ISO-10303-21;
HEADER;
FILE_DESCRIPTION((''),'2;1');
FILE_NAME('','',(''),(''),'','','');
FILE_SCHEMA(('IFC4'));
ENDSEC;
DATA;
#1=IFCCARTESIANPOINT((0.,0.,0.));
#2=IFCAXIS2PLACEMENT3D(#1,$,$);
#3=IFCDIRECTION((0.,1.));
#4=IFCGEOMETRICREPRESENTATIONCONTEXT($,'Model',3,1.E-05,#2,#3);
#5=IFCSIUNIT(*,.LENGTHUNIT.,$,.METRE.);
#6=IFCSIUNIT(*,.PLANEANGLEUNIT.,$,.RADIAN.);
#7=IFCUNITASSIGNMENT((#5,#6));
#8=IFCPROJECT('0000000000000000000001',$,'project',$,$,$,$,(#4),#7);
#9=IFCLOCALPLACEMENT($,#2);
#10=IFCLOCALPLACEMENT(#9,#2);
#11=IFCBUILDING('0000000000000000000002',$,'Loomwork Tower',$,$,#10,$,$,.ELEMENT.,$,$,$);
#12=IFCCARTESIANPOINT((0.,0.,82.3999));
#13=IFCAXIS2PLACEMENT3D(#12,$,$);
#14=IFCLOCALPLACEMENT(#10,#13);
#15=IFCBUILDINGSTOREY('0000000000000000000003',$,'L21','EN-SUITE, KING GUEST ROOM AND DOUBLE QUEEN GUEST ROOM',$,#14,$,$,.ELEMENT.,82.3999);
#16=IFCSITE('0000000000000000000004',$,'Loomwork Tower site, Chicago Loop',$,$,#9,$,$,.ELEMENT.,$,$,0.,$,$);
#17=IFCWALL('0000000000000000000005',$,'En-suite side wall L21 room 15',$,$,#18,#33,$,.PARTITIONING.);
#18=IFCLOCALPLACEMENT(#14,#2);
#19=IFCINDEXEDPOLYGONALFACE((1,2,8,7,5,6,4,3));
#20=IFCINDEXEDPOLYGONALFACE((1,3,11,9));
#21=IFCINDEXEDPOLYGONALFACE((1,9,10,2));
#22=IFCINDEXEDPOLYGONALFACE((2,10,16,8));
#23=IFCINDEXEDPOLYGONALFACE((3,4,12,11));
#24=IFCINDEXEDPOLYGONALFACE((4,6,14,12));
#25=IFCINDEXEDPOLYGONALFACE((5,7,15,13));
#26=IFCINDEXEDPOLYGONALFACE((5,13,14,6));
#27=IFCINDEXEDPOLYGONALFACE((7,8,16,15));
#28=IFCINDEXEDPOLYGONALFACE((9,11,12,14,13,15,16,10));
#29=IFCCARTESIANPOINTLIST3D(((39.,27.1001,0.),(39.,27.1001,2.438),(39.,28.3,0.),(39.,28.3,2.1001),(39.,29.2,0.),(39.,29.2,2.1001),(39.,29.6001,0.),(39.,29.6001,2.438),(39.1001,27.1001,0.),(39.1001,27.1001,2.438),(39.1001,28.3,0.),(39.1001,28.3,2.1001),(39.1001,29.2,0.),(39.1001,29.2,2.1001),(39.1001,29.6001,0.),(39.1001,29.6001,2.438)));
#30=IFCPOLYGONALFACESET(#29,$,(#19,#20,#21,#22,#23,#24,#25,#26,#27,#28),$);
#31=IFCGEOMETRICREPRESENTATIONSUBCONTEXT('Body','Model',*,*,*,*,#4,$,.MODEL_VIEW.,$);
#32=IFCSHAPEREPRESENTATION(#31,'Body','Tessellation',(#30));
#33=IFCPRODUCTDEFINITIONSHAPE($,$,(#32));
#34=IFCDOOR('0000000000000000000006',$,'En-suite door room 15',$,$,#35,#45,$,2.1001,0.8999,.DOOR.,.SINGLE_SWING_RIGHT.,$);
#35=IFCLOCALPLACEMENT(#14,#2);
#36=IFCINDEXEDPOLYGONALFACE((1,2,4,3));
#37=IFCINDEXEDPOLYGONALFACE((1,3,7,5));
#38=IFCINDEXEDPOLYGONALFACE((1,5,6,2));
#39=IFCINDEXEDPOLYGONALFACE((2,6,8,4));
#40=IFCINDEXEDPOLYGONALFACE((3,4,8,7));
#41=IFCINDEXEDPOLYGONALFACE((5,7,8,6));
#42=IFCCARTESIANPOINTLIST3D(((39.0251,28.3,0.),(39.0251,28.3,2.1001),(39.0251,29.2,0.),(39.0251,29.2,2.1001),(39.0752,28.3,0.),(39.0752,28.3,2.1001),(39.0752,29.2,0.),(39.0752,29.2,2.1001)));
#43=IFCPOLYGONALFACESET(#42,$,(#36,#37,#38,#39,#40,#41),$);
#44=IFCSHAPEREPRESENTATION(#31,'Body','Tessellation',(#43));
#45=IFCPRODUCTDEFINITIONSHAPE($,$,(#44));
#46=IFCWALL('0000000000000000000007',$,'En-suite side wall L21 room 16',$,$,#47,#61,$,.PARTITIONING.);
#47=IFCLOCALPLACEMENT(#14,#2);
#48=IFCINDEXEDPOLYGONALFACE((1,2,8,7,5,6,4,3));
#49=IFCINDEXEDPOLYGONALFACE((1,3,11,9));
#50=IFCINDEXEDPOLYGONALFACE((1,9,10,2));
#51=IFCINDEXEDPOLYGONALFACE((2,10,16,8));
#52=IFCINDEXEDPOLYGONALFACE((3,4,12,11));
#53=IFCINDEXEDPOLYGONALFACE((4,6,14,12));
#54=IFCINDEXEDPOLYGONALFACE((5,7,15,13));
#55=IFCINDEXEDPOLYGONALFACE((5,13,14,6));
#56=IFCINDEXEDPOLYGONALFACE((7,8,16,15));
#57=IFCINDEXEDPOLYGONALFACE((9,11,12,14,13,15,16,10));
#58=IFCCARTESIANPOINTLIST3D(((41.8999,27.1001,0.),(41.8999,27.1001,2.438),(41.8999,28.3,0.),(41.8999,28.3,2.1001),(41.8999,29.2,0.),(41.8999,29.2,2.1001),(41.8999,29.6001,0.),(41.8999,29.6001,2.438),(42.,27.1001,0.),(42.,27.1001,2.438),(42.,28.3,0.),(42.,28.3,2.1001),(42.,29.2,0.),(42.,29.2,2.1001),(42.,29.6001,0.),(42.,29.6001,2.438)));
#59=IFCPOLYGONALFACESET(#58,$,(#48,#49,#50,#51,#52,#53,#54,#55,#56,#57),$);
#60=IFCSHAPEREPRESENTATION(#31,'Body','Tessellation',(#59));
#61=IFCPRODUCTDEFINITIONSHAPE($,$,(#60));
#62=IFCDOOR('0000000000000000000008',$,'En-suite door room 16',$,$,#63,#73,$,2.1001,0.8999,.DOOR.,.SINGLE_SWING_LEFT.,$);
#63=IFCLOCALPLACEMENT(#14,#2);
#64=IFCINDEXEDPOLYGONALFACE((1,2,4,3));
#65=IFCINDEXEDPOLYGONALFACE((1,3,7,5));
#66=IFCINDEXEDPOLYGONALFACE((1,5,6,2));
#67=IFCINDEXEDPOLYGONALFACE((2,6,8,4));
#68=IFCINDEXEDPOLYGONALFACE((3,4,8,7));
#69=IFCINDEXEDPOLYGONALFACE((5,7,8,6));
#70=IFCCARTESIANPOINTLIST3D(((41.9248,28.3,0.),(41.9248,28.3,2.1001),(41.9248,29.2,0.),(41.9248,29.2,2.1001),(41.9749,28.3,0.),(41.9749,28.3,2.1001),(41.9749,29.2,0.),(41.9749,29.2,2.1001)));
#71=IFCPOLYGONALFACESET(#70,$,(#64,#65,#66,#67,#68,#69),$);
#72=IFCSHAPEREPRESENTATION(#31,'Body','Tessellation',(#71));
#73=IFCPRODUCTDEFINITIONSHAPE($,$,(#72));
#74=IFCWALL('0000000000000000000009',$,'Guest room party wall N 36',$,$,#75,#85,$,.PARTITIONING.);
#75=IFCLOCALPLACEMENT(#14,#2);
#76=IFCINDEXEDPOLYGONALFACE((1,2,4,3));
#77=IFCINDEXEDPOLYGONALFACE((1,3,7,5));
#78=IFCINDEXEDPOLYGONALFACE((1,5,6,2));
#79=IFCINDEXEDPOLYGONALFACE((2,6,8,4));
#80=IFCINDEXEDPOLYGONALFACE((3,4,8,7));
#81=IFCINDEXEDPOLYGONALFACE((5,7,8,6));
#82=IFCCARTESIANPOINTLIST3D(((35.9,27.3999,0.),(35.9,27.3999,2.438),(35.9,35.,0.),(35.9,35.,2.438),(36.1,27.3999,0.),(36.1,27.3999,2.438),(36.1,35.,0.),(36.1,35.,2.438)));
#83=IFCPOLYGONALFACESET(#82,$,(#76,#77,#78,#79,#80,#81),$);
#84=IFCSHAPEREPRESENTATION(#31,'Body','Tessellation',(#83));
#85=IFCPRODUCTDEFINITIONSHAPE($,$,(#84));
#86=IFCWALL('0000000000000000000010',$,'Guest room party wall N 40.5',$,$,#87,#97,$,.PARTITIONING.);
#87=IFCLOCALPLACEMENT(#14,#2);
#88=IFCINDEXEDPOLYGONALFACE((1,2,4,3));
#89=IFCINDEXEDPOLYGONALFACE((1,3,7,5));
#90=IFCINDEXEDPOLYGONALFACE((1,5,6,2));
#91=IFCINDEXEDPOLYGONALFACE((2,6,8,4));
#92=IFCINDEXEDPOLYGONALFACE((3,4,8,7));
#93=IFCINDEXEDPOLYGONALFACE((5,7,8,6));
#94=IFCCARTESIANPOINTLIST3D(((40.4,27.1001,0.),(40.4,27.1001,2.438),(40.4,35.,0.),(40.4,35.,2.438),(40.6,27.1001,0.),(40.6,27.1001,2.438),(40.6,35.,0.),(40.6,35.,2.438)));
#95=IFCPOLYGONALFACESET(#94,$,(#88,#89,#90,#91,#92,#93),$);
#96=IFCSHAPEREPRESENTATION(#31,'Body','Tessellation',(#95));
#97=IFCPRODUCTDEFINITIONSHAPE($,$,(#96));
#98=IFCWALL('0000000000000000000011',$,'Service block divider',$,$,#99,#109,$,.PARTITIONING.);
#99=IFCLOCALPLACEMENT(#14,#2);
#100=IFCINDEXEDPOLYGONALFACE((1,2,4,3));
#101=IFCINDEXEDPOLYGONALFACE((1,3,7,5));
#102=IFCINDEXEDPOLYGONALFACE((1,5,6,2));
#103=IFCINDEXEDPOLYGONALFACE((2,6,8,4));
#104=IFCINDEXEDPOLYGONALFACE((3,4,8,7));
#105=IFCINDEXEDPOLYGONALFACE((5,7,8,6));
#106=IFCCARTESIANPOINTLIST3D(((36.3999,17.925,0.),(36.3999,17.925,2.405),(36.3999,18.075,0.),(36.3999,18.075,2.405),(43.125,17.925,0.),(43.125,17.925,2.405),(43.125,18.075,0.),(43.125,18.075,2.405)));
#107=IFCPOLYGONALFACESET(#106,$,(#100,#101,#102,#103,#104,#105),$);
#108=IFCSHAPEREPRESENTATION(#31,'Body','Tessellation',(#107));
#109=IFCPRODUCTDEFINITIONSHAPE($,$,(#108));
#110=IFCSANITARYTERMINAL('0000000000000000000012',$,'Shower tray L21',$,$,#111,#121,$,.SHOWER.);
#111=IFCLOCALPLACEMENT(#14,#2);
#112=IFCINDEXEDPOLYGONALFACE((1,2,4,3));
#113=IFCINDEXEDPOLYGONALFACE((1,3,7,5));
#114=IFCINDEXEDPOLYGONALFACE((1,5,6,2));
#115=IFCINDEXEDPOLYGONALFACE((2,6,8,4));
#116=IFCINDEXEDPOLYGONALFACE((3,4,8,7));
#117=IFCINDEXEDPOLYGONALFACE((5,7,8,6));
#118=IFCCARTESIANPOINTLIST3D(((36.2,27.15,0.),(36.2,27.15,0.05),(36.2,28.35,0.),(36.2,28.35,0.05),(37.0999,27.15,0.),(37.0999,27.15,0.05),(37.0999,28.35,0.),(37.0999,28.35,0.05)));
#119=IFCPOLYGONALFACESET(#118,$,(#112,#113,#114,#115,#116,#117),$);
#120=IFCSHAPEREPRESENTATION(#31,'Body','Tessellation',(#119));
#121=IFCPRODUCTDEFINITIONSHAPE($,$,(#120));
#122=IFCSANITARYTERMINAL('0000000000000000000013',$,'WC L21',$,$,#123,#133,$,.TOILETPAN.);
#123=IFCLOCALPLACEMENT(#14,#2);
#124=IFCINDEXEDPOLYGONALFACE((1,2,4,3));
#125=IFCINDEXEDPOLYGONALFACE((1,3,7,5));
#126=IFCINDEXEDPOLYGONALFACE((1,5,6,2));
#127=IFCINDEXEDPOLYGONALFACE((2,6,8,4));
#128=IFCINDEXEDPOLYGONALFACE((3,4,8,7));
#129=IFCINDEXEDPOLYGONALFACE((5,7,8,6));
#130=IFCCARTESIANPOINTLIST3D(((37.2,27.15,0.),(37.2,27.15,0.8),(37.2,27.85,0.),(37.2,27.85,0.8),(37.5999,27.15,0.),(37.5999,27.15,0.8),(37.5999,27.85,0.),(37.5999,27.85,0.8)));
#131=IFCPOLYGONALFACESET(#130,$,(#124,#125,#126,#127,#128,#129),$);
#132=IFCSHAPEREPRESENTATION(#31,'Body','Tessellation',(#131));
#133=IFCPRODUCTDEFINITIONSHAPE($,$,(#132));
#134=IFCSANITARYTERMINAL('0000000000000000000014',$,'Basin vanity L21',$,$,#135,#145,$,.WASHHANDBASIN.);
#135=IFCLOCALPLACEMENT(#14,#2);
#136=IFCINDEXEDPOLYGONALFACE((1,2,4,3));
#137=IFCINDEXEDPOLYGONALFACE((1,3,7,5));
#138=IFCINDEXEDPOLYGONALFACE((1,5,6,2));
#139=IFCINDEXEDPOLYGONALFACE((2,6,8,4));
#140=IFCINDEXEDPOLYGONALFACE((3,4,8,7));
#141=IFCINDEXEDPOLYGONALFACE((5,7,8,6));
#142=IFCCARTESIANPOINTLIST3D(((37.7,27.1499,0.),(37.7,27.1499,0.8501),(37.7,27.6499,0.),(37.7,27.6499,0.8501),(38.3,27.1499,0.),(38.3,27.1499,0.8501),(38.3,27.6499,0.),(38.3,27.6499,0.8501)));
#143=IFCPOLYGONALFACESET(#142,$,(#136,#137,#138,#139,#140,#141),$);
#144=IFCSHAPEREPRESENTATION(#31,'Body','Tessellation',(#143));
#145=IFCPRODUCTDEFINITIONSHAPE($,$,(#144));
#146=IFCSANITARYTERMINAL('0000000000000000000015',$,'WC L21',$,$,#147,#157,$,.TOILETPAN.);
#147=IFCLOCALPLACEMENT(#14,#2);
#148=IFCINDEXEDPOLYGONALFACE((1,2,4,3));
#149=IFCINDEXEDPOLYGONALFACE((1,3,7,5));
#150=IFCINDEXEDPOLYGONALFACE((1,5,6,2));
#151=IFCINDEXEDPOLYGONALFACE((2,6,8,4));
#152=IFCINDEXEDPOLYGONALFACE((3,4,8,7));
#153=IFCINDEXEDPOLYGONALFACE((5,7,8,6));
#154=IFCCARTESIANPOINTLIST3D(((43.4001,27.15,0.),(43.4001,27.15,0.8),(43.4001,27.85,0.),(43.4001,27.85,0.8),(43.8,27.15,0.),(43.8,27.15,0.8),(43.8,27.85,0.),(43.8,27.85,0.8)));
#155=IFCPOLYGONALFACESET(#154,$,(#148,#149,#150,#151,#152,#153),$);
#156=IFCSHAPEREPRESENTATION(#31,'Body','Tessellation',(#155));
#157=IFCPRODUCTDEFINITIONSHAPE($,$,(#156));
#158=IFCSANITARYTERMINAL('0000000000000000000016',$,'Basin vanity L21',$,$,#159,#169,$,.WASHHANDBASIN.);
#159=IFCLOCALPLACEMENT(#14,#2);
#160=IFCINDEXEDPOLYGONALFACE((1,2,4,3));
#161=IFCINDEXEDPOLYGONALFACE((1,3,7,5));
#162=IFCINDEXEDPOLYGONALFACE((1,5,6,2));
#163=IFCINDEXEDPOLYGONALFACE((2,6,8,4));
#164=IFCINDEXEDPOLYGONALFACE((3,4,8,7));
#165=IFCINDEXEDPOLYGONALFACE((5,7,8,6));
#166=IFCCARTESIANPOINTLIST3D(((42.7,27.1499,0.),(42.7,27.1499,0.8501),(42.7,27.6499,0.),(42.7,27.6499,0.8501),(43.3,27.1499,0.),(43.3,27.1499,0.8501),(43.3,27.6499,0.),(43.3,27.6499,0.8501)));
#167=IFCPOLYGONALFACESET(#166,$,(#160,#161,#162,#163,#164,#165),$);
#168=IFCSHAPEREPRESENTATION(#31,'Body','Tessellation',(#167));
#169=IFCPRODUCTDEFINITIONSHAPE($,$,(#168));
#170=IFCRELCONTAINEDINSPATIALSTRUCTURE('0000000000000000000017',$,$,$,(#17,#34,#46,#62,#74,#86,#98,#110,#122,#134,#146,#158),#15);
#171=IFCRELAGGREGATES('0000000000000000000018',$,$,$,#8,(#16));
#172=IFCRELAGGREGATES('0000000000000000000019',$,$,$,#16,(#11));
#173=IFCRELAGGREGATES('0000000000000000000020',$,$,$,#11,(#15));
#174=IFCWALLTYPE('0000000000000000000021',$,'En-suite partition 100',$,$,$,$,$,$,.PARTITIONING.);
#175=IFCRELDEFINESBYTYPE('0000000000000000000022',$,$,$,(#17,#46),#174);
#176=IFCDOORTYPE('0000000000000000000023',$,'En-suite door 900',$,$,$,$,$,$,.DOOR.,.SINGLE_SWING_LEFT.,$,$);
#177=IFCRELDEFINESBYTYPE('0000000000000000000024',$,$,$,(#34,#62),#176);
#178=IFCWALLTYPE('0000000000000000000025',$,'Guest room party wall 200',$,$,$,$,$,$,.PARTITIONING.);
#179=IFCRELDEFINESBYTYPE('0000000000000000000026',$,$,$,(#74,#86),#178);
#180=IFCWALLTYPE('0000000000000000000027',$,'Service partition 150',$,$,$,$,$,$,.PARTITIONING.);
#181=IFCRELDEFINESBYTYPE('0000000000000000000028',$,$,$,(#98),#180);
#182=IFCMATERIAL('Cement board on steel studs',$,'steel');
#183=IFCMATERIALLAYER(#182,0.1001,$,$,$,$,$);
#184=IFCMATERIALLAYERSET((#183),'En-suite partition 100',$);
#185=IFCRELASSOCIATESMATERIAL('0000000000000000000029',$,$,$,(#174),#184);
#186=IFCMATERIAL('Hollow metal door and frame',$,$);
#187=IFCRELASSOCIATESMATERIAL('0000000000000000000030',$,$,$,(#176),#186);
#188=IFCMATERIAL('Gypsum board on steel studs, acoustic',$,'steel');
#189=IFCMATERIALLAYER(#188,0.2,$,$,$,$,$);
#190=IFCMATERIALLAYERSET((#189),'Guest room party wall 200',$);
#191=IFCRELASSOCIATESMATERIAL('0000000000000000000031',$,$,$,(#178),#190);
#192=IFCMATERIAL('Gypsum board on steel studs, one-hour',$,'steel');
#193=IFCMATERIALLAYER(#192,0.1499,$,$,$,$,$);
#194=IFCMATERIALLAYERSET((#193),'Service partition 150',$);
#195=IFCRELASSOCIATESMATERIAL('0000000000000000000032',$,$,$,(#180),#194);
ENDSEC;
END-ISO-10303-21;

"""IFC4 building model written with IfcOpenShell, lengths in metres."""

from ifc_helpers import new_model, si_unit, direction, frame, frame_2d, origin, origin_2d, place, context, subcontext, project, spatial, rectangle, extrude, material, layer, layer_set, type_object, element, fill, save


model = new_model("IFC4")

# Units and contexts
model_context = context("Model", 3, precision=1e-05, world=origin(), true_north=direction((0.0, 1.0)))
body_context = subcontext(model_context, "Body", "Model", "MODEL_VIEW")
ifc_project = project(units=[si_unit("LENGTHUNIT", "METRE"), si_unit("PLANEANGLEUNIT", "RADIAN")], contexts=[model_context])

# Site, building, storey
site_placement = place(None, origin())
site = spatial("IfcSite", under=ifc_project, at=site_placement, Name="Loomwork Tower site, Chicago Loop", CompositionType="ELEMENT", RefElevation=0.0)
building_placement = place(site_placement, origin())
building = spatial("IfcBuilding", under=site, at=building_placement, Name="Loomwork Tower", CompositionType="ELEMENT")
storey_placement = place(building_placement, frame((0.0, 0.0, 82.3999)))
storey = spatial("IfcBuildingStorey", under=building, at=storey_placement, Name="L21", Description="EN-SUITE, KING GUEST ROOM AND DOUBLE QUEEN GUEST ROOM", CompositionType="ELEMENT", Elevation=82.3999)

# Walls, openings, doors
ifc_material_1 = material(Name="Cement board on steel studs", Category="steel")
ifc_layer_1 = layer(ifc_material_1, 0.1001)
ifc_layer_set_1 = layer_set([ifc_layer_1], Name="En-suite partition 100")
wall_type_1 = type_object("IfcWallType", Name="En-suite partition 100", PredefinedType="PARTITIONING", material=ifc_layer_set_1)
wall_1_placement = place(storey_placement, frame((39.05, 27.1001, 0.0), z_axis=(0.0, 0.0, 1.0), x_axis=(0.0, 1.0, 0.0)))
wall_1 = element("IfcWall", 1, at=wall_1_placement, inside=storey, type_object=wall_type_1, Name="En-suite side wall L21 room 15", PredefinedType="PARTITIONING", context=body_context, shape_type="SweptSolid", body=[
    extrude(rectangle(XDim=2.5, YDim=0.1001, at=frame_2d((1.25, 0.0))), origin(), (0.0, 0.0, 1.0), 2.438),
])
opening_1_placement = place(wall_1_placement, frame((1.2, 0.0, 0.0)))
opening_1 = element("IfcOpeningElement", 2, at=opening_1_placement, cuts=wall_1, PredefinedType="OPENING", context=body_context, shape_type="SweptSolid", body=[
    extrude(rectangle(XDim=0.8999, YDim=2.1001, at=frame_2d((0.45, 1.05))), frame((0.0, 0.0601, 0.0), z_axis=(0.0, -1.0, 0.0), x_axis=(1.0, 0.0, 0.0)), (0.0, 0.0, 1.0), 0.1201),
])
ifc_material_2 = material(Name="Hollow metal door and frame")
door_type_1 = type_object("IfcDoorType", Name="En-suite door 900", OperationType="SINGLE_SWING_LEFT", PredefinedType="DOOR", material=ifc_material_2)
door_1_placement = place(opening_1_placement, origin())
door_1 = element("IfcDoor", 3, at=door_1_placement, inside=storey, type_object=door_type_1, Name="En-suite door room 15", OperationType="SINGLE_SWING_RIGHT", OverallHeight=2.1001, OverallWidth=0.8999, PredefinedType="DOOR", context=body_context, shape_type="SweptSolid", body=[
    extrude(rectangle(XDim=0.8999, YDim=2.1001, at=frame_2d((0.45, 1.05))), frame((0.0, 0.0249, 0.0), z_axis=(0.0, -1.0, 0.0), x_axis=(1.0, 0.0, 0.0)), (0.0, 0.0, 1.0), 0.05),
])
fill(opening_1, door_1)
wall_2_placement = place(storey_placement, frame((41.95, 27.1001, 0.0), z_axis=(0.0, 0.0, 1.0), x_axis=(0.0, 1.0, 0.0)))
wall_2 = element("IfcWall", 4, at=wall_2_placement, inside=storey, type_object=wall_type_1, Name="En-suite side wall L21 room 16", PredefinedType="PARTITIONING", context=body_context, shape_type="SweptSolid", body=[
    extrude(rectangle(XDim=2.5, YDim=0.1001, at=frame_2d((1.25, 0.0))), origin(), (0.0, 0.0, 1.0), 2.438),
])
opening_2_placement = place(wall_2_placement, frame((1.2, 0.0, 0.0)))
opening_2 = element("IfcOpeningElement", 5, at=opening_2_placement, cuts=wall_2, PredefinedType="OPENING", context=body_context, shape_type="SweptSolid", body=[
    extrude(rectangle(XDim=0.8999, YDim=2.1001, at=frame_2d((0.45, 1.05))), frame((0.0, 0.0601, 0.0), z_axis=(0.0, -1.0, 0.0), x_axis=(1.0, 0.0, 0.0)), (0.0, 0.0, 1.0), 0.1201),
])
door_2_placement = place(opening_2_placement, frame((0.8999, 0.0, 0.0), z_axis=(0.0, 0.0, 1.0), x_axis=(-1.0, 0.0, 0.0)))
door_2 = element("IfcDoor", 6, at=door_2_placement, inside=storey, type_object=door_type_1, Name="En-suite door room 16", OperationType="SINGLE_SWING_LEFT", OverallHeight=2.1001, OverallWidth=0.8999, PredefinedType="DOOR", context=body_context, shape_type="SweptSolid", body=[
    extrude(rectangle(XDim=0.8999, YDim=2.1001, at=frame_2d((0.45, 1.05))), frame((0.0, 0.0249, 0.0), z_axis=(0.0, -1.0, 0.0), x_axis=(1.0, 0.0, 0.0)), (0.0, 0.0, 1.0), 0.05),
])
fill(opening_2, door_2)

# Walls
ifc_material_3 = material(Name="Gypsum board on steel studs, acoustic", Category="steel")
ifc_layer_2 = layer(ifc_material_3, 0.2)
ifc_layer_set_2 = layer_set([ifc_layer_2], Name="Guest room party wall 200")
wall_type_2 = type_object("IfcWallType", Name="Guest room party wall 200", PredefinedType="PARTITIONING", material=ifc_layer_set_2)
wall_3_placement = place(storey_placement, frame((36.0, 27.3999, 0.0), z_axis=(0.0, 0.0, 1.0), x_axis=(0.0, 1.0, 0.0)))
element("IfcWall", 7, at=wall_3_placement, inside=storey, type_object=wall_type_2, Name="Guest room party wall N 36", PredefinedType="PARTITIONING", context=body_context, shape_type="SweptSolid", body=[
    extrude(rectangle(XDim=7.6001, YDim=0.2, at=frame_2d((3.8, 0.0))), origin(), (0.0, 0.0, 1.0), 2.438),
])
wall_4_placement = place(storey_placement, frame((40.5, 27.1001, 0.0), z_axis=(0.0, 0.0, 1.0), x_axis=(0.0, 1.0, 0.0)))
element("IfcWall", 8, at=wall_4_placement, inside=storey, type_object=wall_type_2, Name="Guest room party wall N 40.5", PredefinedType="PARTITIONING", context=body_context, shape_type="SweptSolid", body=[
    extrude(rectangle(XDim=7.8999, YDim=0.2, at=frame_2d((3.95, 0.0))), origin(), (0.0, 0.0, 1.0), 2.438),
])
ifc_material_4 = material(Name="Gypsum board on steel studs, one-hour", Category="steel")
ifc_layer_3 = layer(ifc_material_4, 0.1499)
ifc_layer_set_3 = layer_set([ifc_layer_3], Name="Service partition 150")
wall_type_3 = type_object("IfcWallType", Name="Service partition 150", PredefinedType="PARTITIONING", material=ifc_layer_set_3)
wall_5_placement = place(storey_placement, frame((36.3999, 18.0, 0.0), z_axis=(0.0, 0.0, 1.0), x_axis=(1.0, 0.0, 0.0)))
element("IfcWall", 9, at=wall_5_placement, inside=storey, type_object=wall_type_3, Name="Service block divider", PredefinedType="PARTITIONING", context=body_context, shape_type="SweptSolid", body=[
    extrude(rectangle(XDim=6.7251, YDim=0.1499, at=frame_2d((3.3625, 0.0))), origin(), (0.0, 0.0, 1.0), 2.405),
])

# Sanitary terminals
sanitary_terminal_1_placement = place(storey_placement, frame((36.6499, 27.75, 0.0), z_axis=(0.0, 0.0, 1.0), x_axis=(1.0, 0.0, 0.0)))
element("IfcSanitaryTerminal", 10, at=sanitary_terminal_1_placement, inside=storey, Name="Shower tray L21", PredefinedType="SHOWER", context=body_context, shape_type="SweptSolid", body=[
    extrude(rectangle(XDim=0.8999, YDim=1.2, at=origin_2d()), origin(), (0.0, 0.0, 1.0), 0.05),
])
sanitary_terminal_2_placement = place(storey_placement, frame((37.3999, 27.5, 0.0), z_axis=(0.0, 0.0, 1.0), x_axis=(1.0, 0.0, 0.0)))
element("IfcSanitaryTerminal", 11, at=sanitary_terminal_2_placement, inside=storey, Name="WC L21", PredefinedType="TOILETPAN", context=body_context, shape_type="SweptSolid", body=[
    extrude(rectangle(XDim=0.3999, YDim=0.7, at=origin_2d()), origin(), (0.0, 0.0, 1.0), 0.8),
])
sanitary_terminal_3_placement = place(storey_placement, frame((38.0, 27.3999, 0.0), z_axis=(0.0, 0.0, 1.0), x_axis=(1.0, 0.0, 0.0)))
element("IfcSanitaryTerminal", 12, at=sanitary_terminal_3_placement, inside=storey, Name="Basin vanity L21", PredefinedType="WASHHANDBASIN", context=body_context, shape_type="SweptSolid", body=[
    extrude(rectangle(XDim=0.6001, YDim=0.5, at=origin_2d()), origin(), (0.0, 0.0, 1.0), 0.8501),
])
sanitary_terminal_4_placement = place(storey_placement, frame((43.6001, 27.5, 0.0), z_axis=(0.0, 0.0, 1.0), x_axis=(1.0, 0.0, 0.0)))
element("IfcSanitaryTerminal", 13, at=sanitary_terminal_4_placement, inside=storey, Name="WC L21", PredefinedType="TOILETPAN", context=body_context, shape_type="SweptSolid", body=[
    extrude(rectangle(XDim=0.3999, YDim=0.7, at=origin_2d()), origin(), (0.0, 0.0, 1.0), 0.8),
])
sanitary_terminal_5_placement = place(storey_placement, frame((43.0, 27.3999, 0.0), z_axis=(0.0, 0.0, 1.0), x_axis=(1.0, 0.0, 0.0)))
element("IfcSanitaryTerminal", 14, at=sanitary_terminal_5_placement, inside=storey, Name="Basin vanity L21", PredefinedType="WASHHANDBASIN", context=body_context, shape_type="SweptSolid", body=[
    extrude(rectangle(XDim=0.6001, YDim=0.5, at=origin_2d()), origin(), (0.0, 0.0, 1.0), 0.8501),
])

save(model, "model.ifc")
